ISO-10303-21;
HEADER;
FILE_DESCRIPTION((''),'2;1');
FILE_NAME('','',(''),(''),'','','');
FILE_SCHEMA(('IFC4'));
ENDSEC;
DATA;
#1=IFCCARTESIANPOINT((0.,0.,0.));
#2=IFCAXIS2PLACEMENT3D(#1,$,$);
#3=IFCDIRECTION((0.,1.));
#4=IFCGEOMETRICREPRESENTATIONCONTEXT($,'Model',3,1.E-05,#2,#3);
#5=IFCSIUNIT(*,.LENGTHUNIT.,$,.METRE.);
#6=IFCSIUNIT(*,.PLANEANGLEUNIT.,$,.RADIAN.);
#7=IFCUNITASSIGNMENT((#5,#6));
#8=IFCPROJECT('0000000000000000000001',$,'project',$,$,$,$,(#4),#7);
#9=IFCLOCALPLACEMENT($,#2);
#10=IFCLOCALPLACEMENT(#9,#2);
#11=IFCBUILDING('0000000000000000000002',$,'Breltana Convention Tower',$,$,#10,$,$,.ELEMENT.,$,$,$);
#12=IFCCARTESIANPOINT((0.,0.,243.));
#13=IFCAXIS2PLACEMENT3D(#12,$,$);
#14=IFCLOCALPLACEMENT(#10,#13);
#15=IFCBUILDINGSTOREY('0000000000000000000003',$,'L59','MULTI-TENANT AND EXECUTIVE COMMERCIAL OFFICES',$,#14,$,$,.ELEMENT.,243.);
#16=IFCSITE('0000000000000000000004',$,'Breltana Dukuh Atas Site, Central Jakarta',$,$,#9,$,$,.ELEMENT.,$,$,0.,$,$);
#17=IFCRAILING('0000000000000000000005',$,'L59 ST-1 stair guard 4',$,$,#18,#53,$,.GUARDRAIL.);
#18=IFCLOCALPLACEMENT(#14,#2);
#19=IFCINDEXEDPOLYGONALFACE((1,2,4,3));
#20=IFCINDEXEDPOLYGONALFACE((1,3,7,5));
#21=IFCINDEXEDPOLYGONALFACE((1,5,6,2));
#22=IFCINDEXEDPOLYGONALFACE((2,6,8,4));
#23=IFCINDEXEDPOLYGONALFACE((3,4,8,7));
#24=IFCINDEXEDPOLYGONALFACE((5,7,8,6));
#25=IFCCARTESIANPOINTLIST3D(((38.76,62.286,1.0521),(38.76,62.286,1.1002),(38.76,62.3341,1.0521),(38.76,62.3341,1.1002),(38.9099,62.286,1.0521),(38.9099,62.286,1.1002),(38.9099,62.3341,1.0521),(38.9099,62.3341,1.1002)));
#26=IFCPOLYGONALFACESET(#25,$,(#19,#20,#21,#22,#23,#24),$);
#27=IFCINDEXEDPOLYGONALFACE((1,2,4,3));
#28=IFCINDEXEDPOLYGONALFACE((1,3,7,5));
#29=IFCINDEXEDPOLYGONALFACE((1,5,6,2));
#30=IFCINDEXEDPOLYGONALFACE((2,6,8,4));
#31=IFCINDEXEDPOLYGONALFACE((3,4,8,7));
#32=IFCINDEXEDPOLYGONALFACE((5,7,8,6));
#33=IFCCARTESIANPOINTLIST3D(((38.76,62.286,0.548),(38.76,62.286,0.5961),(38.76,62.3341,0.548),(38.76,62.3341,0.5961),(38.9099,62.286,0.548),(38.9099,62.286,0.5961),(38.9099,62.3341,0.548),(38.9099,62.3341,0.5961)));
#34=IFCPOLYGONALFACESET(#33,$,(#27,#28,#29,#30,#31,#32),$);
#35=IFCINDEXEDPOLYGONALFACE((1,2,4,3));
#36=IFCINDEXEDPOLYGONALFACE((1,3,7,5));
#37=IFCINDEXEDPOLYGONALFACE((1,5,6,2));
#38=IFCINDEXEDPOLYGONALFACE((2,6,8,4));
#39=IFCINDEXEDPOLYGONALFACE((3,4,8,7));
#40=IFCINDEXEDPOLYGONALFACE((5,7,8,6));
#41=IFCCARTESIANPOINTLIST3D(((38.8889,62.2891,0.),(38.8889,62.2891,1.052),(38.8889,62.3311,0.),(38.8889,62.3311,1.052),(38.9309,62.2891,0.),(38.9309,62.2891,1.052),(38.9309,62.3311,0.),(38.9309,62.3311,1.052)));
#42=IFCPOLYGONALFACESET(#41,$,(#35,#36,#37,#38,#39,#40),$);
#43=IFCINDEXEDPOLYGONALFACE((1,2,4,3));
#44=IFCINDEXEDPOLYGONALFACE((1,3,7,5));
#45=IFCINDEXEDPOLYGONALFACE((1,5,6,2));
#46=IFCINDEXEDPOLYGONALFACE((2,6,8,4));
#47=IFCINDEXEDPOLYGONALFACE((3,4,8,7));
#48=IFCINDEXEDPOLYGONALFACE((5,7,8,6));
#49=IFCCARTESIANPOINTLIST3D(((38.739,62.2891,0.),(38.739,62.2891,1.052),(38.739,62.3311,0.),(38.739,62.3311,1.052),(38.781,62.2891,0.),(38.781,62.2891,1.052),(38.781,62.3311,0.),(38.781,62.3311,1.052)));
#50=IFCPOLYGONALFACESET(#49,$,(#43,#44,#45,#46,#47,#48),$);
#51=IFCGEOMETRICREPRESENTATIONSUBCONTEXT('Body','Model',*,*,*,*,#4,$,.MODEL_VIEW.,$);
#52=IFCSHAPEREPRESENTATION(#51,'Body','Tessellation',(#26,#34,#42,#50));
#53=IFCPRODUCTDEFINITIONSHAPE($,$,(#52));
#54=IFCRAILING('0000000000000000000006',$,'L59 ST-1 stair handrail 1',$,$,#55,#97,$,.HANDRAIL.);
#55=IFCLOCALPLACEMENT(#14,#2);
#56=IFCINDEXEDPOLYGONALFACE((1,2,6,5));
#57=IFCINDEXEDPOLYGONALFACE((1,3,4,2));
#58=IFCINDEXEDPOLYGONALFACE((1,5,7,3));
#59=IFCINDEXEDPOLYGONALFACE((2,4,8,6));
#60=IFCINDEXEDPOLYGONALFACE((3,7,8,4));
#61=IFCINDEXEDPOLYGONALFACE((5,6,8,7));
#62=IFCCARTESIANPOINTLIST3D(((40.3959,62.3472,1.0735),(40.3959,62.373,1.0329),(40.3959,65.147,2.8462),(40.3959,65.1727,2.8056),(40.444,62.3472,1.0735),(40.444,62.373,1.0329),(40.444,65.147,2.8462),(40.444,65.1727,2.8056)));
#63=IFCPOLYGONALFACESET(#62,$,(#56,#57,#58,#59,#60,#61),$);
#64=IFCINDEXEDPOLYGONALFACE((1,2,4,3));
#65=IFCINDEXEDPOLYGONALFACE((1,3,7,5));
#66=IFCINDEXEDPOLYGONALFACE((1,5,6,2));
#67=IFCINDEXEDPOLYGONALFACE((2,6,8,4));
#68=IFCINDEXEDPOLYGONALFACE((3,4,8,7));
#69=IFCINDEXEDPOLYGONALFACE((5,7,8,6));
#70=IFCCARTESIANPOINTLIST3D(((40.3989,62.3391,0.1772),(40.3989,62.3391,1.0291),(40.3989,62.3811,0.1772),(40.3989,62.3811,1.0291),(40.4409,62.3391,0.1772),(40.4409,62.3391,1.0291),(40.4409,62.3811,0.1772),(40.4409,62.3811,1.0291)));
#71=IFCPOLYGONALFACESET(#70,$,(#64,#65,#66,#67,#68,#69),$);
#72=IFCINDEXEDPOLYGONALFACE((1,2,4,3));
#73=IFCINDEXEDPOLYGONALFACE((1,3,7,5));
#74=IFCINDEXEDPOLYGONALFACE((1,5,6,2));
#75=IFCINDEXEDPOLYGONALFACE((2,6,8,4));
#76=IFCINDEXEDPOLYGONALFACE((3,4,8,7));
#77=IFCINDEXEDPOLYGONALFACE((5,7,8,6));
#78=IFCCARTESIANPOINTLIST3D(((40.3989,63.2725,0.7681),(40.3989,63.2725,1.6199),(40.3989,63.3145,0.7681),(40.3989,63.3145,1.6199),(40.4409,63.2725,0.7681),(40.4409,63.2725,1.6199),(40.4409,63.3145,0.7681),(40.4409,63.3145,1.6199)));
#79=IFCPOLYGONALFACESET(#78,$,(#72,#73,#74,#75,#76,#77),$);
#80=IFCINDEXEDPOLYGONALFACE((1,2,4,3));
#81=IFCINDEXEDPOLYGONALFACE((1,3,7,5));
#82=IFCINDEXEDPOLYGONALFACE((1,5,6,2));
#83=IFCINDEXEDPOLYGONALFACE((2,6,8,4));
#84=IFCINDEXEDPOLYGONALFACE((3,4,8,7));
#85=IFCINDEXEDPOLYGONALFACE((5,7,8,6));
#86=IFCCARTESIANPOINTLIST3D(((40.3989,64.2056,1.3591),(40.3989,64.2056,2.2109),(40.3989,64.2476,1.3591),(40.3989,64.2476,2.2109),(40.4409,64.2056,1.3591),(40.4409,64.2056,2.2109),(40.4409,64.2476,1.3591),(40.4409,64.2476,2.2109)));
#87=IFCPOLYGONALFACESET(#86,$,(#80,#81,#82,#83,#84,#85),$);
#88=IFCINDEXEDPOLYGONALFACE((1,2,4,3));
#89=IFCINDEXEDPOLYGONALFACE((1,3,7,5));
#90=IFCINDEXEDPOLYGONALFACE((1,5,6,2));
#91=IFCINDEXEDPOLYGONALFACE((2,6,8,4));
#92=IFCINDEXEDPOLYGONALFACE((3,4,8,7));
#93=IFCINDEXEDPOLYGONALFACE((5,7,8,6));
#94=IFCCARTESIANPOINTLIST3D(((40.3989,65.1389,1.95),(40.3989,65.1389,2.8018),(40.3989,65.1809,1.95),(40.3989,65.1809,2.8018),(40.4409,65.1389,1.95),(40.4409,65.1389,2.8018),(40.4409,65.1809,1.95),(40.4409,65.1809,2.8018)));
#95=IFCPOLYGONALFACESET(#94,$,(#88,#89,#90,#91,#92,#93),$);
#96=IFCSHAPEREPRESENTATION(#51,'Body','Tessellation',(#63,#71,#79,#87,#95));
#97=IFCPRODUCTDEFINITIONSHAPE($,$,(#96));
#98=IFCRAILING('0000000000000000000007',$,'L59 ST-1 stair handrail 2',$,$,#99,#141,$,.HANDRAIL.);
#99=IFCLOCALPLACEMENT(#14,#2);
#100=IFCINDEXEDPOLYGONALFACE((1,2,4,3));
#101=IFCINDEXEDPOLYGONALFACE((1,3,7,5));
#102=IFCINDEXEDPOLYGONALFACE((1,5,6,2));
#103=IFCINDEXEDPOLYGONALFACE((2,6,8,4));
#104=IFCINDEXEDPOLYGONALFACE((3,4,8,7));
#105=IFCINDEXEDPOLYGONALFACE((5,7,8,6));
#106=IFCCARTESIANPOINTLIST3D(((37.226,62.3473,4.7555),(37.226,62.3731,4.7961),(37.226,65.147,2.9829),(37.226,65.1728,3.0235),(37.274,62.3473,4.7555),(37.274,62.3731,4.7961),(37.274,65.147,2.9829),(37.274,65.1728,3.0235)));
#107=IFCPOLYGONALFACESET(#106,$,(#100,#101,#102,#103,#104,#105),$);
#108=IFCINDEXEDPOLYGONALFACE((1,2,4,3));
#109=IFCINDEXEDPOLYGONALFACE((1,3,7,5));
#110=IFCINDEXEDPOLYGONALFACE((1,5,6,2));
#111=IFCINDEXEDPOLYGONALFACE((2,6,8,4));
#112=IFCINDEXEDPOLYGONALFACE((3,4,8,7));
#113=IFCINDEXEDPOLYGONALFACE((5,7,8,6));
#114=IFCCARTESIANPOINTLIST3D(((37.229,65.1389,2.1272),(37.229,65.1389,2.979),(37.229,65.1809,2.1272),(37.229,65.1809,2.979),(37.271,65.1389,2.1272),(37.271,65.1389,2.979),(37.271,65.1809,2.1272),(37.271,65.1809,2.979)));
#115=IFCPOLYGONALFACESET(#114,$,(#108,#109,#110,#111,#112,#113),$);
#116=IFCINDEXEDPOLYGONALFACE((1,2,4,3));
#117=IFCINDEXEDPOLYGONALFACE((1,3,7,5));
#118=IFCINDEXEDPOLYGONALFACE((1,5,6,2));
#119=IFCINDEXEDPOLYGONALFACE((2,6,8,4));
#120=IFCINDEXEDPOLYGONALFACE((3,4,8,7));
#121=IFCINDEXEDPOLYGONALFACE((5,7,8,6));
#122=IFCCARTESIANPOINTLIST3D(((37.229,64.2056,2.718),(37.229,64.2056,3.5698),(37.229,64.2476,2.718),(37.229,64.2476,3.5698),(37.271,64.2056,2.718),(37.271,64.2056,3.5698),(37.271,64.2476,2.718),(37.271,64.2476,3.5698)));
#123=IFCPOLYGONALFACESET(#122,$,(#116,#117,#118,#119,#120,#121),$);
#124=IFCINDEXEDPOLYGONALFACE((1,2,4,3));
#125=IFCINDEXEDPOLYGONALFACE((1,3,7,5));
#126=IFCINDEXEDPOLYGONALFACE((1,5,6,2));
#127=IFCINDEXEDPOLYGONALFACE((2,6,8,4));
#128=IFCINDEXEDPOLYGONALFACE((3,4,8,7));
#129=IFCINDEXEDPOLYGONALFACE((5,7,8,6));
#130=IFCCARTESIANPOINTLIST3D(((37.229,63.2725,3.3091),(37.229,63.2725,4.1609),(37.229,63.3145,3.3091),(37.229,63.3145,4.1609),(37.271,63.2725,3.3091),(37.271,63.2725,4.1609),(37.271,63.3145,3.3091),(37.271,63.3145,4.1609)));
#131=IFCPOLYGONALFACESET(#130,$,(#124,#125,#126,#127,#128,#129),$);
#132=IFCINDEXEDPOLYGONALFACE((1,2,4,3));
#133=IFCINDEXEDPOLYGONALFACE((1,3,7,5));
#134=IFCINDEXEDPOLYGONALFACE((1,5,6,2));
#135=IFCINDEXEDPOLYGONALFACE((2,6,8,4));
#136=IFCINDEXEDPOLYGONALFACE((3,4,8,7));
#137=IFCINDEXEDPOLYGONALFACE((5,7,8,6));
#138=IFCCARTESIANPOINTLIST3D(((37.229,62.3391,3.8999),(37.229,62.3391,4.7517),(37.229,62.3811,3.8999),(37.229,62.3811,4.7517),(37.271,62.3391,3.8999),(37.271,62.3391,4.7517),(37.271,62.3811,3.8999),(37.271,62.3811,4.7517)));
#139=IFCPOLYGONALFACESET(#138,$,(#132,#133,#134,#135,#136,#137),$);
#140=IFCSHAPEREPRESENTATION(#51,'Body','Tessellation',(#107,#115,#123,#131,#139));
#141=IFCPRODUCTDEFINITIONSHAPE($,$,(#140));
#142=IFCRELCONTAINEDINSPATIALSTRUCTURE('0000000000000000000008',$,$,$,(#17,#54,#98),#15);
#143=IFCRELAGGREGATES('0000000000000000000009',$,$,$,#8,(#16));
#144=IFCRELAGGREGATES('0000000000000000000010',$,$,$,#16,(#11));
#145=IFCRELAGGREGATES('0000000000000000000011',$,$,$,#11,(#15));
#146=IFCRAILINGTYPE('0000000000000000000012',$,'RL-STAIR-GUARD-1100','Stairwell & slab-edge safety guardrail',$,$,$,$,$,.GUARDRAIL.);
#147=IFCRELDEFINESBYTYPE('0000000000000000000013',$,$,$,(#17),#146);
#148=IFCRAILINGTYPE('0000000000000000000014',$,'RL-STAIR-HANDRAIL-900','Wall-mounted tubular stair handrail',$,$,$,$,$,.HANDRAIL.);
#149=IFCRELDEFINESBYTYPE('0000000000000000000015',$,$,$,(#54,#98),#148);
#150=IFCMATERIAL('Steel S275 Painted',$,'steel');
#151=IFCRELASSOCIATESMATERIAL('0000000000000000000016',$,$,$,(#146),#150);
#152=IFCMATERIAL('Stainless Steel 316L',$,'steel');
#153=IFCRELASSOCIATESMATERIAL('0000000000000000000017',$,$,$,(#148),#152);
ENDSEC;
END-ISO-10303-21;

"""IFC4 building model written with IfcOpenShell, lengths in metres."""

from ifc_helpers import new_model, si_unit, direction, frame, origin, origin_2d, place, context, subcontext, project, spatial, rectangle, extrude, material, type_object, element, save


model = new_model("IFC4")

# Units and contexts
model_context = context("Model", 3, precision=1e-05, world=origin(), true_north=direction((0.0, 1.0)))
body_context = subcontext(model_context, "Body", "Model", "MODEL_VIEW")
ifc_project = project(units=[si_unit("LENGTHUNIT", "METRE"), si_unit("PLANEANGLEUNIT", "RADIAN")], contexts=[model_context])

# Site, building, storey
site_placement = place(None, origin())
site = spatial("IfcSite", under=ifc_project, at=site_placement, Name="Breltana Dukuh Atas Site, Central Jakarta", CompositionType="ELEMENT", RefElevation=0.0)
building_placement = place(site_placement, origin())
building = spatial("IfcBuilding", under=site, at=building_placement, Name="Breltana Convention Tower", CompositionType="ELEMENT")
storey_placement = place(building_placement, frame((0.0, 0.0, 243.0)))
storey = spatial("IfcBuildingStorey", under=building, at=storey_placement, Name="L59", Description="MULTI-TENANT AND EXECUTIVE COMMERCIAL OFFICES", CompositionType="ELEMENT", Elevation=243.0)

# Railings
ifc_material_1 = material(Name="Steel S275 Painted", Category="steel")
railing_type_1 = type_object("IfcRailingType", Name="RL-STAIR-GUARD-1100", Description="Stairwell & slab-edge safety guardrail", PredefinedType="GUARDRAIL", material=ifc_material_1)
railing_1_placement = place(storey_placement, frame((38.9099, 62.3101, 0.0)))
element("IfcRailing", 1, at=railing_1_placement, inside=storey, type_object=railing_type_1, Name="L59 ST-1 stair guard 4", PredefinedType="GUARDRAIL", context=body_context, shape_type="SweptSolid", body=[
    extrude(rectangle(XDim=0.0481, YDim=0.0481, at=origin_2d()), frame((0.0, 0.0, 1.0762), z_axis=(-1.0, 0.0, 0.0), x_axis=(0.0, -1.0, 0.0)), (0.0, 0.0, 1.0), 0.1499),
    extrude(rectangle(XDim=0.0481, YDim=0.0481, at=origin_2d()), frame((0.0, 0.0, 0.572), z_axis=(-1.0, 0.0, 0.0), x_axis=(0.0, -1.0, 0.0)), (0.0, 0.0, 1.0), 0.1499),
    extrude(rectangle(XDim=0.042, YDim=0.042, at=origin_2d()), origin(), (0.0, 0.0, 1.0), 1.052),
    extrude(rectangle(XDim=0.042, YDim=0.042, at=origin_2d()), frame((-0.1499, 0.0, 0.0)), (0.0, 0.0, 1.0), 1.052),
])
ifc_material_2 = material(Name="Stainless Steel 316L", Category="steel")
railing_type_2 = type_object("IfcRailingType", Name="RL-STAIR-HANDRAIL-900", Description="Wall-mounted tubular stair handrail", PredefinedType="HANDRAIL", material=ifc_material_2)
railing_2_placement = place(storey_placement, frame((40.4199, 62.3601, 0.1772)))
element("IfcRailing", 2, at=railing_2_placement, inside=storey, type_object=railing_type_2, Name="L59 ST-1 stair handrail 1", PredefinedType="HANDRAIL", context=body_context, shape_type="SweptSolid", body=[
    extrude(rectangle(XDim=0.0481, YDim=0.0481, at=origin_2d()), frame((0.0, 0.0, 0.876), z_axis=(0.0, 0.844888, 0.534943), x_axis=(-1.0, 0.0, 0.0)), (0.0, 0.0, 1.0), 3.3137),
    extrude(rectangle(XDim=0.042, YDim=0.042, at=origin_2d()), origin(), (0.0, 0.0, 1.0), 0.8518),
    extrude(rectangle(XDim=0.042, YDim=0.042, at=origin_2d()), frame((0.0, 0.9333, 0.5908)), (0.0, 0.0, 1.0), 0.8518),
    extrude(rectangle(XDim=0.042, YDim=0.042, at=origin_2d()), frame((0.0, 1.8665, 1.1819)), (0.0, 0.0, 1.0), 0.8518),
    extrude(rectangle(XDim=0.042, YDim=0.042, at=origin_2d()), frame((0.0, 2.7998, 1.7727)), (0.0, 0.0, 1.0), 0.8518),
])
railing_3_placement = place(storey_placement, frame((37.25, 65.1599, 2.1272)))
element("IfcRailing", 3, at=railing_3_placement, inside=storey, type_object=railing_type_2, Name="L59 ST-1 stair handrail 2", PredefinedType="HANDRAIL", context=body_context, shape_type="SweptSolid", body=[
    extrude(rectangle(XDim=0.0481, YDim=0.0481, at=origin_2d()), frame((0.0, 0.0, 0.876), z_axis=(0.0, -0.844888, 0.534943), x_axis=(1.0, 0.0, 0.0)), (0.0, 0.0, 1.0), 3.3137),
    extrude(rectangle(XDim=0.042, YDim=0.042, at=origin_2d()), origin(), (0.0, 0.0, 1.0), 0.8518),
    extrude(rectangle(XDim=0.042, YDim=0.042, at=origin_2d()), frame((0.0, -0.9333, 0.5908)), (0.0, 0.0, 1.0), 0.8518),
    extrude(rectangle(XDim=0.042, YDim=0.042, at=origin_2d()), frame((0.0, -1.8665, 1.1819)), (0.0, 0.0, 1.0), 0.8518),
    extrude(rectangle(XDim=0.042, YDim=0.042, at=origin_2d()), frame((0.0, -2.7998, 1.7727)), (0.0, 0.0, 1.0), 0.8518),
])

save(model, "model.ifc")
